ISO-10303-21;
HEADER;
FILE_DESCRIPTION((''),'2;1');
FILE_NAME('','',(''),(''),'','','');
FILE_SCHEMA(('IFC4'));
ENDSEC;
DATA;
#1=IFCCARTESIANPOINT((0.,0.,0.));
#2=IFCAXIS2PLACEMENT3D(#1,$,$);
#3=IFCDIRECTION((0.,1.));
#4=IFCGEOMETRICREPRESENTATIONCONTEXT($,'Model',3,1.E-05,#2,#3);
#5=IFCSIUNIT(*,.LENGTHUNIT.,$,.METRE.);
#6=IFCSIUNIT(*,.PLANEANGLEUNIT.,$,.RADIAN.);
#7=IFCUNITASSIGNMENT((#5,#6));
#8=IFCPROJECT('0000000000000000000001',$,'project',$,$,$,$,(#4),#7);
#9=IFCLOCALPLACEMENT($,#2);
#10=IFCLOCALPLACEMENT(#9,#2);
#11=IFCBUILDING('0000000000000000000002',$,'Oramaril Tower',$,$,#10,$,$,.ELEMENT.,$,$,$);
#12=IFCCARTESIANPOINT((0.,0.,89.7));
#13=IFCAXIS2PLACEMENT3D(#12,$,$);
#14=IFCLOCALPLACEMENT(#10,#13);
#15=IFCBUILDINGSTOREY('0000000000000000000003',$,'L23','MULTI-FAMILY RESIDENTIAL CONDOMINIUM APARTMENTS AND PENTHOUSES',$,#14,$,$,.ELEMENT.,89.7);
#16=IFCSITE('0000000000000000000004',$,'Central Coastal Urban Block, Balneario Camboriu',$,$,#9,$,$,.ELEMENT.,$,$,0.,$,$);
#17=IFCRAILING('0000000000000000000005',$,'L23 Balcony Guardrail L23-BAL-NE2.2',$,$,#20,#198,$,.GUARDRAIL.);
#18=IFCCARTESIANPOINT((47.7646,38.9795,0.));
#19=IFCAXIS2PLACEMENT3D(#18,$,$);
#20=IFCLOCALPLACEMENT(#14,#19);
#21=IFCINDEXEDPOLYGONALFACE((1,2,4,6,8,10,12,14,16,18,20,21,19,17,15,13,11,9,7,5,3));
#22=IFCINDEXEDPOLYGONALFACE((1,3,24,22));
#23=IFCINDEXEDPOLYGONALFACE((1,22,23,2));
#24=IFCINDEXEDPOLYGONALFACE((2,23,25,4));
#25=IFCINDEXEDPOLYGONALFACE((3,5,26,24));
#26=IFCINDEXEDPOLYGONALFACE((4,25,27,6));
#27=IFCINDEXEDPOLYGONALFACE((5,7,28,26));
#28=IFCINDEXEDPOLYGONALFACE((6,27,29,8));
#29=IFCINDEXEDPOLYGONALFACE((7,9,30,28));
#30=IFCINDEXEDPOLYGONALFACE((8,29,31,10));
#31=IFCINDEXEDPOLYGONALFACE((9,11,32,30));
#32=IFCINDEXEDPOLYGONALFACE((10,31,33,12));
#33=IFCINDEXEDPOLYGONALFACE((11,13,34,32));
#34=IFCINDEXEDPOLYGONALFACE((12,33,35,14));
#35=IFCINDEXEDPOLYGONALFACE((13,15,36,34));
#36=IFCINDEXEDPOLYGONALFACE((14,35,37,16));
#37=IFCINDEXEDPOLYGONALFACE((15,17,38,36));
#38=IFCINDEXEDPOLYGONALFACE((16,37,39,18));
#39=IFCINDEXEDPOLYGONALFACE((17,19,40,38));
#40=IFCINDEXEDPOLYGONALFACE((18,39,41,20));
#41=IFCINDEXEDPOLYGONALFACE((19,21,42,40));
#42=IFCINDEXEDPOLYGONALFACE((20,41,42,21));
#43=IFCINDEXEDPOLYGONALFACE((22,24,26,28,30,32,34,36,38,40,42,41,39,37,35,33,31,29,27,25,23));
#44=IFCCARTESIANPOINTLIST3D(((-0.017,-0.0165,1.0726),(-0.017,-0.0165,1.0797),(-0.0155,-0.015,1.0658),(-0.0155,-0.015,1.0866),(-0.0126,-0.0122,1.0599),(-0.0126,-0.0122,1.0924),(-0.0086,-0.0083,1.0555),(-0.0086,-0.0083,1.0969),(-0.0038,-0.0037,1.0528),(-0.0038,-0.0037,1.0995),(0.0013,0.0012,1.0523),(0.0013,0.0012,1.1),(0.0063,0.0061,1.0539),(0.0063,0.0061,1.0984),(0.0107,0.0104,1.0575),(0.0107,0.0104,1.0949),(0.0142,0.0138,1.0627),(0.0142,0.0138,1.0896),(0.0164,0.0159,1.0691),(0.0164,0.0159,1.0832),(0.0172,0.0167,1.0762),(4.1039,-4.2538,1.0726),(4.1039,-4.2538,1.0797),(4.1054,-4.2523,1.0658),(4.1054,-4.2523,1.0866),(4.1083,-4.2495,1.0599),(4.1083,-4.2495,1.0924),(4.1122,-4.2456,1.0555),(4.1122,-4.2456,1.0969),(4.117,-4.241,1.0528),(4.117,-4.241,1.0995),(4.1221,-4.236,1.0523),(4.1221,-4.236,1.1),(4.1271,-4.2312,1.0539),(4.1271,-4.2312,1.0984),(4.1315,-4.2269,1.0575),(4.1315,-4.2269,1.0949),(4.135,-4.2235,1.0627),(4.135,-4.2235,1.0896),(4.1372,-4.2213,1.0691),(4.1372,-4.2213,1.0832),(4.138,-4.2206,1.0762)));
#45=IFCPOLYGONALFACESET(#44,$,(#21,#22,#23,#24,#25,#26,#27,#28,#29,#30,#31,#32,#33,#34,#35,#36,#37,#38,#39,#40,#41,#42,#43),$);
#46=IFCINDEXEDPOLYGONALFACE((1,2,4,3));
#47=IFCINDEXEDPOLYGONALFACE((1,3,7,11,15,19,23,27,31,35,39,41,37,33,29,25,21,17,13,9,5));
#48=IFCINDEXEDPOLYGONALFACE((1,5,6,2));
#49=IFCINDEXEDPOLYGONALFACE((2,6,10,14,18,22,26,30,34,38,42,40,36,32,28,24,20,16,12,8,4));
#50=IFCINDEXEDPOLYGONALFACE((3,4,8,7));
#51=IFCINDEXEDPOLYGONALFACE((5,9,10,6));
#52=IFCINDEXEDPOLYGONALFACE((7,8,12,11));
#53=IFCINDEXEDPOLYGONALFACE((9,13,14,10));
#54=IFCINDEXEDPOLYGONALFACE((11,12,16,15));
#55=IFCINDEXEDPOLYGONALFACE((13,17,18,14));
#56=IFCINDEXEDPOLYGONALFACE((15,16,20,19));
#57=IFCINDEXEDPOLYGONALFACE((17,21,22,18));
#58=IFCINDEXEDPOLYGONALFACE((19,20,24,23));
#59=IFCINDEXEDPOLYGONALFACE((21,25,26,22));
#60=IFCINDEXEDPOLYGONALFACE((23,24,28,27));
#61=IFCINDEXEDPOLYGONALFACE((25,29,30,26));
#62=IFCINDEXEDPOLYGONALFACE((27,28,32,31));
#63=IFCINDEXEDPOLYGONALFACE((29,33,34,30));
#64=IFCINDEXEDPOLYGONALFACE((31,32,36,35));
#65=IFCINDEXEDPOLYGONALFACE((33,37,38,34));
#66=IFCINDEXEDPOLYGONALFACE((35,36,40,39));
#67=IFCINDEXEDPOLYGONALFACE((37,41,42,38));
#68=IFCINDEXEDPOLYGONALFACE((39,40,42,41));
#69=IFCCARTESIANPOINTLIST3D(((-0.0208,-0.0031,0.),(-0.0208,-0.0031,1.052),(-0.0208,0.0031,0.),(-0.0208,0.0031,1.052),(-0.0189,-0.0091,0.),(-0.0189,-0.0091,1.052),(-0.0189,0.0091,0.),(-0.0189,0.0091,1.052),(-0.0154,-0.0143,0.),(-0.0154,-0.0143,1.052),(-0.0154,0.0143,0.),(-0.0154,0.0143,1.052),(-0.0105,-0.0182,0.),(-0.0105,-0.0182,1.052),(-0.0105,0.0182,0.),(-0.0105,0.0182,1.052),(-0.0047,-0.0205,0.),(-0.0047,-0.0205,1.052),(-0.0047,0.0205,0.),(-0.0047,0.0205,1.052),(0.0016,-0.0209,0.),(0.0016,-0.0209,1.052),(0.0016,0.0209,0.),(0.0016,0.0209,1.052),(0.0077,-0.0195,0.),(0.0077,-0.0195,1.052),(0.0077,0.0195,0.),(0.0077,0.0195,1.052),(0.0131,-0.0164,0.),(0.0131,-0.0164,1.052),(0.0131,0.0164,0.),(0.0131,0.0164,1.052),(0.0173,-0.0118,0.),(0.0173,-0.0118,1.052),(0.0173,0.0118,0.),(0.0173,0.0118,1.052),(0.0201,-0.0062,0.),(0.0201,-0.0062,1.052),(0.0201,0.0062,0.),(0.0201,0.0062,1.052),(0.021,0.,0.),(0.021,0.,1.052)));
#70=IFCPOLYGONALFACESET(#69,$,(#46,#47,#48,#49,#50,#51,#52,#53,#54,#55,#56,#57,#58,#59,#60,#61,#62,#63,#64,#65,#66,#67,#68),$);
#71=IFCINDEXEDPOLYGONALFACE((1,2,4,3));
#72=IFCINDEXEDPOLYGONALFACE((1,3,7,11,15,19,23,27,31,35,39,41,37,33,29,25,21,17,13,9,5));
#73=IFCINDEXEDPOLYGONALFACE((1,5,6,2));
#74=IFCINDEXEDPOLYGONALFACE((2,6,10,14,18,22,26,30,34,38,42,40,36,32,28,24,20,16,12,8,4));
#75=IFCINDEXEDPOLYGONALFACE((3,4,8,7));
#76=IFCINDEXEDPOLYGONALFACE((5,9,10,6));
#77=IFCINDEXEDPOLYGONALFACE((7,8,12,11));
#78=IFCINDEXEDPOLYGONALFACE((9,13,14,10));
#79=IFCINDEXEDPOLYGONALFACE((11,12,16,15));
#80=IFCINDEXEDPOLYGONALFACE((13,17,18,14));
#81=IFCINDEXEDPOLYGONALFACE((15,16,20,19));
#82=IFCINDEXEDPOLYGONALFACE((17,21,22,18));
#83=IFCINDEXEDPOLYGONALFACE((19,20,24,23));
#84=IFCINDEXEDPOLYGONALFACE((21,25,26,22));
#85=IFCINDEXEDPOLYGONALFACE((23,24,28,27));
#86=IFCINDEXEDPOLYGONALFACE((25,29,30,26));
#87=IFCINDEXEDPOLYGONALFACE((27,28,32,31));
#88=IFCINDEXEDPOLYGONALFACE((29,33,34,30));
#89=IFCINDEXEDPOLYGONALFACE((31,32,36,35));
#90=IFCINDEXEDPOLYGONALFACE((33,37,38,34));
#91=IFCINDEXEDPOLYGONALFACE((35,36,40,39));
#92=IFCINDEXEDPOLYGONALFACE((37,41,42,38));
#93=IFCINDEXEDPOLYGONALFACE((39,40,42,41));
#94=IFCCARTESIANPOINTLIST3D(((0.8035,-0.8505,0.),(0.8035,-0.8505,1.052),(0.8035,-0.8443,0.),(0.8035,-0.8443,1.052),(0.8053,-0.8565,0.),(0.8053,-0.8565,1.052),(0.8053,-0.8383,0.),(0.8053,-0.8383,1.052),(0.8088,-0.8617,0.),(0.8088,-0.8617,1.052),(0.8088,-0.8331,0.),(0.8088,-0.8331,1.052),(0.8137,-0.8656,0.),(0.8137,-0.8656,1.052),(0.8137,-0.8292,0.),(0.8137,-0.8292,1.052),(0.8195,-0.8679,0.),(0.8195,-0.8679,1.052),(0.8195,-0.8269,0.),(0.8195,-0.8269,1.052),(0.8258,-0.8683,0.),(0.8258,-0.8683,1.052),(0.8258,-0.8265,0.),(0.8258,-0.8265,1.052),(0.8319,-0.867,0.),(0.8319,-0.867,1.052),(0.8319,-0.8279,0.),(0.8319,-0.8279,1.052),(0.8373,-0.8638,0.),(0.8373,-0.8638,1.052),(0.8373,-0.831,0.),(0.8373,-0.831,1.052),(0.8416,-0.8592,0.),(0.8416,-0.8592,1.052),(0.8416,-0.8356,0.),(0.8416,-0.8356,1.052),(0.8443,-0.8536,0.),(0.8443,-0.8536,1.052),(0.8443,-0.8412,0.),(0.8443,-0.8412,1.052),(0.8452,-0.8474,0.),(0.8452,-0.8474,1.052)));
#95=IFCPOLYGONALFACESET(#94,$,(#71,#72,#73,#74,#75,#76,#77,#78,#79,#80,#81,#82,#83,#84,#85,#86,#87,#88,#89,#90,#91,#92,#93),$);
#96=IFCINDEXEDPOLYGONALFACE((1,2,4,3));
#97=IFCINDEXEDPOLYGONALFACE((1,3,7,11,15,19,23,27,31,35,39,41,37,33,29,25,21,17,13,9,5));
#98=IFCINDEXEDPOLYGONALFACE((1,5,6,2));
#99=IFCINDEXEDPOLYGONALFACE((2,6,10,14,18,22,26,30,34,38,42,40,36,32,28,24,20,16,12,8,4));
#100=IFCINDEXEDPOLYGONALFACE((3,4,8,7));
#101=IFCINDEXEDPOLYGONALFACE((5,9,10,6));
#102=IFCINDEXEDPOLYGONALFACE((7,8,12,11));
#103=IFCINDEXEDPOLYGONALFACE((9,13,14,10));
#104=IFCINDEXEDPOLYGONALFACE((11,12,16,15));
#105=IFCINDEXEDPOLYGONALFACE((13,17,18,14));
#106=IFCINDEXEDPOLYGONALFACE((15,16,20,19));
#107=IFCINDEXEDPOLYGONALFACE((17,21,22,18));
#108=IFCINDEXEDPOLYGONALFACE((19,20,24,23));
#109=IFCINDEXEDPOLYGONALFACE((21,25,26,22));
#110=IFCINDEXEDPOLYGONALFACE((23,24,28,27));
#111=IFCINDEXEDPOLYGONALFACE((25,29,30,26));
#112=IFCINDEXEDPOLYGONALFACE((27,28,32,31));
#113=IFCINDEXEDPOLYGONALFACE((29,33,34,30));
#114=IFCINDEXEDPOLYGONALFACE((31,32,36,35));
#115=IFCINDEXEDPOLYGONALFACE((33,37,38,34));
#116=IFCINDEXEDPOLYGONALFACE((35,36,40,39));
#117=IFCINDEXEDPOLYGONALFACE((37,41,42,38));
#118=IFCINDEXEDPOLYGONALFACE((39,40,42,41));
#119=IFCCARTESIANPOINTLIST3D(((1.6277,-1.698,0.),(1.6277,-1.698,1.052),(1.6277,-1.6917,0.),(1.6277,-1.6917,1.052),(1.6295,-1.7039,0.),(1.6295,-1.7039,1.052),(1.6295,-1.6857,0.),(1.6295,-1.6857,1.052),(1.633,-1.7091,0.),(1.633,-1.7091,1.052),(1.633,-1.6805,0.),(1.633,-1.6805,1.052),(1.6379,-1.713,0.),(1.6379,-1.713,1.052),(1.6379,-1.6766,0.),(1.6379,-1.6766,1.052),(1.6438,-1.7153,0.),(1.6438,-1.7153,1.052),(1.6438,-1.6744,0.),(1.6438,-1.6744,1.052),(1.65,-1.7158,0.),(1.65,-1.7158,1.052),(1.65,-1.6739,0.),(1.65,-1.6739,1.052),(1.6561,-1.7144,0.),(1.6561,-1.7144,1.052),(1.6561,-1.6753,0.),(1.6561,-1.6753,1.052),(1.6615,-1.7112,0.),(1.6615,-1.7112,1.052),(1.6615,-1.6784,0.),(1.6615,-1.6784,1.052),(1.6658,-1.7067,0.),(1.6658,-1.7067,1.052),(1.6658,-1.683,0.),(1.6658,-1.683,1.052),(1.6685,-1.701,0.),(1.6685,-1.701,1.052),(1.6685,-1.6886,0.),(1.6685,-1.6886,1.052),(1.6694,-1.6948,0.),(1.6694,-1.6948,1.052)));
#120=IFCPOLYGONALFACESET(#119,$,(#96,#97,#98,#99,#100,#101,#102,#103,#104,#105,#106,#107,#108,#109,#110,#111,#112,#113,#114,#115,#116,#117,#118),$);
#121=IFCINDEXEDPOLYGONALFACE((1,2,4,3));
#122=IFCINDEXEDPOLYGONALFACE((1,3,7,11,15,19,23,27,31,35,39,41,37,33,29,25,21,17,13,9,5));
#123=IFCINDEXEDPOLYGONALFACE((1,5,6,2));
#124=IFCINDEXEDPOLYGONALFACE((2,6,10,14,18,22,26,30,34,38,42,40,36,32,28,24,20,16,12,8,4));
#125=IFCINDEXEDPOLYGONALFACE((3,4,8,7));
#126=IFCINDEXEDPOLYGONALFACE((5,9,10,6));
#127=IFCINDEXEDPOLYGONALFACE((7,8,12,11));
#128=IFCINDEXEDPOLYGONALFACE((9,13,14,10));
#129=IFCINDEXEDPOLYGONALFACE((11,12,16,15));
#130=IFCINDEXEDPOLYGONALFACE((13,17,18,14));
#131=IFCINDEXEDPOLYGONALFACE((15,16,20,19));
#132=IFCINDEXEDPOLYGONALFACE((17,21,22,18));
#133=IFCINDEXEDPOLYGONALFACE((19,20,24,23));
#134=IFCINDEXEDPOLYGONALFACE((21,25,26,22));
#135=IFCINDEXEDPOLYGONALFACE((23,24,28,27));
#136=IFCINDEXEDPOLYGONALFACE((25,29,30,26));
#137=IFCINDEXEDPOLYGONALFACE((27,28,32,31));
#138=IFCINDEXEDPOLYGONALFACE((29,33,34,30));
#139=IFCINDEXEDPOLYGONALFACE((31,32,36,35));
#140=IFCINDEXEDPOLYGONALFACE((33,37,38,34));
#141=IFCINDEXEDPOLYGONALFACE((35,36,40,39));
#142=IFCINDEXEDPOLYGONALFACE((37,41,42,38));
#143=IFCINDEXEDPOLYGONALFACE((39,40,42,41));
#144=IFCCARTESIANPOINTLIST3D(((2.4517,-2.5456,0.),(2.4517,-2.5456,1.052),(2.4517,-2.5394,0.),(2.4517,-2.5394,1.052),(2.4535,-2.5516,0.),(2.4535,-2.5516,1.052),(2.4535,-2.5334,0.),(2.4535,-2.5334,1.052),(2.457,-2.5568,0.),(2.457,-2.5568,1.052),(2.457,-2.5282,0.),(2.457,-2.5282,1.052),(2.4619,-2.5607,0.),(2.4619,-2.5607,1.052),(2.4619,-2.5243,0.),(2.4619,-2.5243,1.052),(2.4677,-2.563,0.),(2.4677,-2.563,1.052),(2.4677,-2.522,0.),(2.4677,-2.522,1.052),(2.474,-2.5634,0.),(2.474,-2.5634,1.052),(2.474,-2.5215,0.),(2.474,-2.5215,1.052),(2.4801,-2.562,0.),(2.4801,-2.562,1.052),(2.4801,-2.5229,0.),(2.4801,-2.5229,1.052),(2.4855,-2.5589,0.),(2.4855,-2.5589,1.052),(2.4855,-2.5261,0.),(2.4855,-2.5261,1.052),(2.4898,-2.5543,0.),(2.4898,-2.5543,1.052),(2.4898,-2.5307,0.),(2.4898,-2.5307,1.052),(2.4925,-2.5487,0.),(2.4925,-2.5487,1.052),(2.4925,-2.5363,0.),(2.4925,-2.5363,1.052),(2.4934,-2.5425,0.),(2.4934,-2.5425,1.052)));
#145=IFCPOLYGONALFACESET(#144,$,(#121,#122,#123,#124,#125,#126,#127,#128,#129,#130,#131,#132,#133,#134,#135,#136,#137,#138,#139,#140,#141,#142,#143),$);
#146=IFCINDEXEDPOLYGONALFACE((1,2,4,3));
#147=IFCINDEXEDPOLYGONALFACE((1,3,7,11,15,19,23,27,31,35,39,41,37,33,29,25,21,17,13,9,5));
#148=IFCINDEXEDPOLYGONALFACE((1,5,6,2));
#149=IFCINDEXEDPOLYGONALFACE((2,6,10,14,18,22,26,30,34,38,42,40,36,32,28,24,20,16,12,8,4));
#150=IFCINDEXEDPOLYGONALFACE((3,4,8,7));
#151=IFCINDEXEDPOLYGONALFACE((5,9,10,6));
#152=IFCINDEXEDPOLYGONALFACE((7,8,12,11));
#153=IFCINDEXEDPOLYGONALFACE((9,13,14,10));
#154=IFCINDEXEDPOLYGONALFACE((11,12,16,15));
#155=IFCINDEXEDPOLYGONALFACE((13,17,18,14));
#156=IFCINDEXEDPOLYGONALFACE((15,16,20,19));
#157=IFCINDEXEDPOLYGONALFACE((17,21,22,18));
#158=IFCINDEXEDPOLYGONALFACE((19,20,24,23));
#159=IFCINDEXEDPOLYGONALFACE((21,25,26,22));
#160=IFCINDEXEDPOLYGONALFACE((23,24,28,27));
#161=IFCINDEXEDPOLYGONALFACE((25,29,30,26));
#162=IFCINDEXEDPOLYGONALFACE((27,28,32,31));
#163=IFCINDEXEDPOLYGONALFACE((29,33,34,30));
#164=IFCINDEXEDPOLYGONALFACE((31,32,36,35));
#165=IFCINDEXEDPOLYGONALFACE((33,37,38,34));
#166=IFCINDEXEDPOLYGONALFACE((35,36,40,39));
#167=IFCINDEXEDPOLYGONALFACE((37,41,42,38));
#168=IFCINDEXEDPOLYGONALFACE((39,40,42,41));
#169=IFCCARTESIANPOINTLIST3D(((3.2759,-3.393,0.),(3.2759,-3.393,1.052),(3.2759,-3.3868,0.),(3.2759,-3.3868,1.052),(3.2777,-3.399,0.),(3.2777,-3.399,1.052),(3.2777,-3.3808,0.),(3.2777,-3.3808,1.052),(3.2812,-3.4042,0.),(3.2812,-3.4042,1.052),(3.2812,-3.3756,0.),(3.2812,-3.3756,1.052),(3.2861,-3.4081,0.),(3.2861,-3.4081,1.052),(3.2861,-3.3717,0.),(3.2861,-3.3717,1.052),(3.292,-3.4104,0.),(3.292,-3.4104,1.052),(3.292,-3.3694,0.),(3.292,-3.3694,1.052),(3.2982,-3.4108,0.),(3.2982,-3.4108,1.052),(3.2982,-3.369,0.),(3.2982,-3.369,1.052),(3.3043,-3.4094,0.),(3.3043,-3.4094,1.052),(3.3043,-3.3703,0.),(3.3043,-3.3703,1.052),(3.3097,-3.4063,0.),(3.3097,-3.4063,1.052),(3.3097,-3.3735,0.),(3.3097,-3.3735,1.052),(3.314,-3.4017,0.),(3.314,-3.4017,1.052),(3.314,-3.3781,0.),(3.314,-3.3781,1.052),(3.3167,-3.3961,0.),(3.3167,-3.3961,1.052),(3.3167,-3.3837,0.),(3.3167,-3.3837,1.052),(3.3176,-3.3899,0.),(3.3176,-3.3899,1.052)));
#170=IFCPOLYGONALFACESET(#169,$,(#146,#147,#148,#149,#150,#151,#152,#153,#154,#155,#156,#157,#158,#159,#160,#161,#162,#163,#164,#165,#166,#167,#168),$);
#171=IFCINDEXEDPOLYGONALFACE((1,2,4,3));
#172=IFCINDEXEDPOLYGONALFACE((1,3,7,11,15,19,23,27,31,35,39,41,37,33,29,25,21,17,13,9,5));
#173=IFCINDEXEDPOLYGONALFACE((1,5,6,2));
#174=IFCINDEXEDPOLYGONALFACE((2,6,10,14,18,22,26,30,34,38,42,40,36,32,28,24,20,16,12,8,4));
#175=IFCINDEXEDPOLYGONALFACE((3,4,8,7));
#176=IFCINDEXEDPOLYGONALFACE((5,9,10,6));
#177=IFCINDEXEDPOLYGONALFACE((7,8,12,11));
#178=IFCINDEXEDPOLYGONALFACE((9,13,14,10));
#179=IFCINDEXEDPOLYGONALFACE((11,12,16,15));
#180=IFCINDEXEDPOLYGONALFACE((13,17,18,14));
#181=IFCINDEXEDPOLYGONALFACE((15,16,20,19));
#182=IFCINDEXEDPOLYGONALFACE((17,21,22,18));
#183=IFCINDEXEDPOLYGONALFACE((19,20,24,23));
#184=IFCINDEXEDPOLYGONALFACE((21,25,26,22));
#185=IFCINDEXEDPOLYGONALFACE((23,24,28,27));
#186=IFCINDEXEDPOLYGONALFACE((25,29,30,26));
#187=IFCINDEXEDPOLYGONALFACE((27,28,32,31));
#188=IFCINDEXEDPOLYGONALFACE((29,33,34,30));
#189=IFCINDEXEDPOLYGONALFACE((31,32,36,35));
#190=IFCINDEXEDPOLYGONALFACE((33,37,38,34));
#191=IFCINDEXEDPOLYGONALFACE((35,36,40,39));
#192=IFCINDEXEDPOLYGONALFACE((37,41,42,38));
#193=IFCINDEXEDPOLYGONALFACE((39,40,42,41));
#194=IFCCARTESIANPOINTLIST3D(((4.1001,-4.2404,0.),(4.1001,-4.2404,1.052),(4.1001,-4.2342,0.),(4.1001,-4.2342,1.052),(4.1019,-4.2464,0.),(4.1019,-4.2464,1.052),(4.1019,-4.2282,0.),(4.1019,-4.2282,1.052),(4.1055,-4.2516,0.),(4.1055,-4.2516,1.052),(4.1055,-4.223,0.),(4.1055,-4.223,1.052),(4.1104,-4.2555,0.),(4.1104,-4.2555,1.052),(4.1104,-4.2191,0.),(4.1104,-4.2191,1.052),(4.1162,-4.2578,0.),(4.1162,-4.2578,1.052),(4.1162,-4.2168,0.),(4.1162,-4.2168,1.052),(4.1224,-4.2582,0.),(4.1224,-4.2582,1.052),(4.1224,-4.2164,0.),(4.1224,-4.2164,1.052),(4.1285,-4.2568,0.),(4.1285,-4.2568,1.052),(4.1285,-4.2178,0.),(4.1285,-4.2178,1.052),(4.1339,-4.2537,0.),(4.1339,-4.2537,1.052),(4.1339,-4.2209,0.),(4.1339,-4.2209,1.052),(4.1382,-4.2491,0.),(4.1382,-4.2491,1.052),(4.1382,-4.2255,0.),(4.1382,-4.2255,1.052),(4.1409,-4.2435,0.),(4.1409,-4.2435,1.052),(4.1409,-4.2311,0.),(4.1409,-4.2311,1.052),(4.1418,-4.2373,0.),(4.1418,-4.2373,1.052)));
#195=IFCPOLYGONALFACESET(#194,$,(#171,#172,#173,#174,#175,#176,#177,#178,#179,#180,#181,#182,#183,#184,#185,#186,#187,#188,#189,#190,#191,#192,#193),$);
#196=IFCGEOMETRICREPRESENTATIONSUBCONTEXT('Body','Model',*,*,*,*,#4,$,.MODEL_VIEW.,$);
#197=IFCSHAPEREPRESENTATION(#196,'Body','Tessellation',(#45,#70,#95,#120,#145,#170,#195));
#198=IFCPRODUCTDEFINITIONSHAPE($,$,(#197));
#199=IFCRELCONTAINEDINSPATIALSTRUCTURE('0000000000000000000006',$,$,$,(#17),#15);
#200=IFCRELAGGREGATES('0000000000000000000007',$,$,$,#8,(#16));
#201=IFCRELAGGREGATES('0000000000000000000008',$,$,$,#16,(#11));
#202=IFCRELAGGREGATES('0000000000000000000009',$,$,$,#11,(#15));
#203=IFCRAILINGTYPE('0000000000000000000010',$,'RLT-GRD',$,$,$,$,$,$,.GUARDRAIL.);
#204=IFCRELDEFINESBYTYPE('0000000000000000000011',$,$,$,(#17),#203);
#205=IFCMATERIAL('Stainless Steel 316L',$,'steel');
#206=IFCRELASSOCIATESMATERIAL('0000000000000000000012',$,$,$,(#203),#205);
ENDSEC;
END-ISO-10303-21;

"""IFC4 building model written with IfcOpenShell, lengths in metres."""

from ifc_helpers import new_model, si_unit, direction, frame, origin, origin_2d, place, context, subcontext, project, spatial, circle, extrude, material, type_object, element, save


model = new_model("IFC4")

# Units and contexts
model_context = context("Model", 3, precision=1e-05, world=origin(), true_north=direction((0.0, 1.0)))
body_context = subcontext(model_context, "Body", "Model", "MODEL_VIEW")
ifc_project = project(units=[si_unit("LENGTHUNIT", "METRE"), si_unit("PLANEANGLEUNIT", "RADIAN")], contexts=[model_context])

# Site, building, storey
site_placement = place(None, origin())
site = spatial("IfcSite", under=ifc_project, at=site_placement, Name="Central Coastal Urban Block, Balneario Camboriu", CompositionType="ELEMENT", RefElevation=0.0)
building_placement = place(site_placement, origin())
building = spatial("IfcBuilding", under=site, at=building_placement, Name="Oramaril Tower", CompositionType="ELEMENT")
storey_placement = place(building_placement, frame((0.0, 0.0, 89.7)))
storey = spatial("IfcBuildingStorey", under=building, at=storey_placement, Name="L23", Description="MULTI-FAMILY RESIDENTIAL CONDOMINIUM APARTMENTS AND PENTHOUSES", CompositionType="ELEMENT", Elevation=89.7)

# Railing
ifc_material_1 = material(Name="Stainless Steel 316L", Category="steel")
railing_type = type_object("IfcRailingType", Name="RLT-GRD", PredefinedType="GUARDRAIL", material=ifc_material_1)
railing_1_placement = place(storey_placement, frame((47.7646, 38.9795, 0.0)))
element("IfcRailing", 1, at=railing_1_placement, inside=storey, type_object=railing_type, Name="L23 Balcony Guardrail L23-BAL-NE2.2", PredefinedType="GUARDRAIL", context=body_context, shape_type="SweptSolid", body=[
    extrude(circle(Radius=0.0239, at=origin_2d()), frame((0.0, 0.0, 1.0762), z_axis=(0.697187, -0.716889, 0.0), x_axis=(0.716889, 0.697187, 0.0)), (0.0, 0.0, 1.0), 5.9106),
    extrude(circle(Radius=0.021, at=origin_2d()), origin(), (0.0, 0.0, 1.0), 1.052),
    extrude(circle(Radius=0.021, at=origin_2d()), frame((0.8242, -0.8474, 0.0)), (0.0, 0.0, 1.0), 1.052),
    extrude(circle(Radius=0.021, at=origin_2d()), frame((1.6484, -1.6948, 0.0)), (0.0, 0.0, 1.0), 1.052),
    extrude(circle(Radius=0.021, at=origin_2d()), frame((2.4724, -2.5425, 0.0)), (0.0, 0.0, 1.0), 1.052),
    extrude(circle(Radius=0.021, at=origin_2d()), frame((3.2966, -3.3899, 0.0)), (0.0, 0.0, 1.0), 1.052),
    extrude(circle(Radius=0.021, at=origin_2d()), frame((4.1208, -4.2373, 0.0)), (0.0, 0.0, 1.0), 1.052),
])

save(model, "model.ifc")
